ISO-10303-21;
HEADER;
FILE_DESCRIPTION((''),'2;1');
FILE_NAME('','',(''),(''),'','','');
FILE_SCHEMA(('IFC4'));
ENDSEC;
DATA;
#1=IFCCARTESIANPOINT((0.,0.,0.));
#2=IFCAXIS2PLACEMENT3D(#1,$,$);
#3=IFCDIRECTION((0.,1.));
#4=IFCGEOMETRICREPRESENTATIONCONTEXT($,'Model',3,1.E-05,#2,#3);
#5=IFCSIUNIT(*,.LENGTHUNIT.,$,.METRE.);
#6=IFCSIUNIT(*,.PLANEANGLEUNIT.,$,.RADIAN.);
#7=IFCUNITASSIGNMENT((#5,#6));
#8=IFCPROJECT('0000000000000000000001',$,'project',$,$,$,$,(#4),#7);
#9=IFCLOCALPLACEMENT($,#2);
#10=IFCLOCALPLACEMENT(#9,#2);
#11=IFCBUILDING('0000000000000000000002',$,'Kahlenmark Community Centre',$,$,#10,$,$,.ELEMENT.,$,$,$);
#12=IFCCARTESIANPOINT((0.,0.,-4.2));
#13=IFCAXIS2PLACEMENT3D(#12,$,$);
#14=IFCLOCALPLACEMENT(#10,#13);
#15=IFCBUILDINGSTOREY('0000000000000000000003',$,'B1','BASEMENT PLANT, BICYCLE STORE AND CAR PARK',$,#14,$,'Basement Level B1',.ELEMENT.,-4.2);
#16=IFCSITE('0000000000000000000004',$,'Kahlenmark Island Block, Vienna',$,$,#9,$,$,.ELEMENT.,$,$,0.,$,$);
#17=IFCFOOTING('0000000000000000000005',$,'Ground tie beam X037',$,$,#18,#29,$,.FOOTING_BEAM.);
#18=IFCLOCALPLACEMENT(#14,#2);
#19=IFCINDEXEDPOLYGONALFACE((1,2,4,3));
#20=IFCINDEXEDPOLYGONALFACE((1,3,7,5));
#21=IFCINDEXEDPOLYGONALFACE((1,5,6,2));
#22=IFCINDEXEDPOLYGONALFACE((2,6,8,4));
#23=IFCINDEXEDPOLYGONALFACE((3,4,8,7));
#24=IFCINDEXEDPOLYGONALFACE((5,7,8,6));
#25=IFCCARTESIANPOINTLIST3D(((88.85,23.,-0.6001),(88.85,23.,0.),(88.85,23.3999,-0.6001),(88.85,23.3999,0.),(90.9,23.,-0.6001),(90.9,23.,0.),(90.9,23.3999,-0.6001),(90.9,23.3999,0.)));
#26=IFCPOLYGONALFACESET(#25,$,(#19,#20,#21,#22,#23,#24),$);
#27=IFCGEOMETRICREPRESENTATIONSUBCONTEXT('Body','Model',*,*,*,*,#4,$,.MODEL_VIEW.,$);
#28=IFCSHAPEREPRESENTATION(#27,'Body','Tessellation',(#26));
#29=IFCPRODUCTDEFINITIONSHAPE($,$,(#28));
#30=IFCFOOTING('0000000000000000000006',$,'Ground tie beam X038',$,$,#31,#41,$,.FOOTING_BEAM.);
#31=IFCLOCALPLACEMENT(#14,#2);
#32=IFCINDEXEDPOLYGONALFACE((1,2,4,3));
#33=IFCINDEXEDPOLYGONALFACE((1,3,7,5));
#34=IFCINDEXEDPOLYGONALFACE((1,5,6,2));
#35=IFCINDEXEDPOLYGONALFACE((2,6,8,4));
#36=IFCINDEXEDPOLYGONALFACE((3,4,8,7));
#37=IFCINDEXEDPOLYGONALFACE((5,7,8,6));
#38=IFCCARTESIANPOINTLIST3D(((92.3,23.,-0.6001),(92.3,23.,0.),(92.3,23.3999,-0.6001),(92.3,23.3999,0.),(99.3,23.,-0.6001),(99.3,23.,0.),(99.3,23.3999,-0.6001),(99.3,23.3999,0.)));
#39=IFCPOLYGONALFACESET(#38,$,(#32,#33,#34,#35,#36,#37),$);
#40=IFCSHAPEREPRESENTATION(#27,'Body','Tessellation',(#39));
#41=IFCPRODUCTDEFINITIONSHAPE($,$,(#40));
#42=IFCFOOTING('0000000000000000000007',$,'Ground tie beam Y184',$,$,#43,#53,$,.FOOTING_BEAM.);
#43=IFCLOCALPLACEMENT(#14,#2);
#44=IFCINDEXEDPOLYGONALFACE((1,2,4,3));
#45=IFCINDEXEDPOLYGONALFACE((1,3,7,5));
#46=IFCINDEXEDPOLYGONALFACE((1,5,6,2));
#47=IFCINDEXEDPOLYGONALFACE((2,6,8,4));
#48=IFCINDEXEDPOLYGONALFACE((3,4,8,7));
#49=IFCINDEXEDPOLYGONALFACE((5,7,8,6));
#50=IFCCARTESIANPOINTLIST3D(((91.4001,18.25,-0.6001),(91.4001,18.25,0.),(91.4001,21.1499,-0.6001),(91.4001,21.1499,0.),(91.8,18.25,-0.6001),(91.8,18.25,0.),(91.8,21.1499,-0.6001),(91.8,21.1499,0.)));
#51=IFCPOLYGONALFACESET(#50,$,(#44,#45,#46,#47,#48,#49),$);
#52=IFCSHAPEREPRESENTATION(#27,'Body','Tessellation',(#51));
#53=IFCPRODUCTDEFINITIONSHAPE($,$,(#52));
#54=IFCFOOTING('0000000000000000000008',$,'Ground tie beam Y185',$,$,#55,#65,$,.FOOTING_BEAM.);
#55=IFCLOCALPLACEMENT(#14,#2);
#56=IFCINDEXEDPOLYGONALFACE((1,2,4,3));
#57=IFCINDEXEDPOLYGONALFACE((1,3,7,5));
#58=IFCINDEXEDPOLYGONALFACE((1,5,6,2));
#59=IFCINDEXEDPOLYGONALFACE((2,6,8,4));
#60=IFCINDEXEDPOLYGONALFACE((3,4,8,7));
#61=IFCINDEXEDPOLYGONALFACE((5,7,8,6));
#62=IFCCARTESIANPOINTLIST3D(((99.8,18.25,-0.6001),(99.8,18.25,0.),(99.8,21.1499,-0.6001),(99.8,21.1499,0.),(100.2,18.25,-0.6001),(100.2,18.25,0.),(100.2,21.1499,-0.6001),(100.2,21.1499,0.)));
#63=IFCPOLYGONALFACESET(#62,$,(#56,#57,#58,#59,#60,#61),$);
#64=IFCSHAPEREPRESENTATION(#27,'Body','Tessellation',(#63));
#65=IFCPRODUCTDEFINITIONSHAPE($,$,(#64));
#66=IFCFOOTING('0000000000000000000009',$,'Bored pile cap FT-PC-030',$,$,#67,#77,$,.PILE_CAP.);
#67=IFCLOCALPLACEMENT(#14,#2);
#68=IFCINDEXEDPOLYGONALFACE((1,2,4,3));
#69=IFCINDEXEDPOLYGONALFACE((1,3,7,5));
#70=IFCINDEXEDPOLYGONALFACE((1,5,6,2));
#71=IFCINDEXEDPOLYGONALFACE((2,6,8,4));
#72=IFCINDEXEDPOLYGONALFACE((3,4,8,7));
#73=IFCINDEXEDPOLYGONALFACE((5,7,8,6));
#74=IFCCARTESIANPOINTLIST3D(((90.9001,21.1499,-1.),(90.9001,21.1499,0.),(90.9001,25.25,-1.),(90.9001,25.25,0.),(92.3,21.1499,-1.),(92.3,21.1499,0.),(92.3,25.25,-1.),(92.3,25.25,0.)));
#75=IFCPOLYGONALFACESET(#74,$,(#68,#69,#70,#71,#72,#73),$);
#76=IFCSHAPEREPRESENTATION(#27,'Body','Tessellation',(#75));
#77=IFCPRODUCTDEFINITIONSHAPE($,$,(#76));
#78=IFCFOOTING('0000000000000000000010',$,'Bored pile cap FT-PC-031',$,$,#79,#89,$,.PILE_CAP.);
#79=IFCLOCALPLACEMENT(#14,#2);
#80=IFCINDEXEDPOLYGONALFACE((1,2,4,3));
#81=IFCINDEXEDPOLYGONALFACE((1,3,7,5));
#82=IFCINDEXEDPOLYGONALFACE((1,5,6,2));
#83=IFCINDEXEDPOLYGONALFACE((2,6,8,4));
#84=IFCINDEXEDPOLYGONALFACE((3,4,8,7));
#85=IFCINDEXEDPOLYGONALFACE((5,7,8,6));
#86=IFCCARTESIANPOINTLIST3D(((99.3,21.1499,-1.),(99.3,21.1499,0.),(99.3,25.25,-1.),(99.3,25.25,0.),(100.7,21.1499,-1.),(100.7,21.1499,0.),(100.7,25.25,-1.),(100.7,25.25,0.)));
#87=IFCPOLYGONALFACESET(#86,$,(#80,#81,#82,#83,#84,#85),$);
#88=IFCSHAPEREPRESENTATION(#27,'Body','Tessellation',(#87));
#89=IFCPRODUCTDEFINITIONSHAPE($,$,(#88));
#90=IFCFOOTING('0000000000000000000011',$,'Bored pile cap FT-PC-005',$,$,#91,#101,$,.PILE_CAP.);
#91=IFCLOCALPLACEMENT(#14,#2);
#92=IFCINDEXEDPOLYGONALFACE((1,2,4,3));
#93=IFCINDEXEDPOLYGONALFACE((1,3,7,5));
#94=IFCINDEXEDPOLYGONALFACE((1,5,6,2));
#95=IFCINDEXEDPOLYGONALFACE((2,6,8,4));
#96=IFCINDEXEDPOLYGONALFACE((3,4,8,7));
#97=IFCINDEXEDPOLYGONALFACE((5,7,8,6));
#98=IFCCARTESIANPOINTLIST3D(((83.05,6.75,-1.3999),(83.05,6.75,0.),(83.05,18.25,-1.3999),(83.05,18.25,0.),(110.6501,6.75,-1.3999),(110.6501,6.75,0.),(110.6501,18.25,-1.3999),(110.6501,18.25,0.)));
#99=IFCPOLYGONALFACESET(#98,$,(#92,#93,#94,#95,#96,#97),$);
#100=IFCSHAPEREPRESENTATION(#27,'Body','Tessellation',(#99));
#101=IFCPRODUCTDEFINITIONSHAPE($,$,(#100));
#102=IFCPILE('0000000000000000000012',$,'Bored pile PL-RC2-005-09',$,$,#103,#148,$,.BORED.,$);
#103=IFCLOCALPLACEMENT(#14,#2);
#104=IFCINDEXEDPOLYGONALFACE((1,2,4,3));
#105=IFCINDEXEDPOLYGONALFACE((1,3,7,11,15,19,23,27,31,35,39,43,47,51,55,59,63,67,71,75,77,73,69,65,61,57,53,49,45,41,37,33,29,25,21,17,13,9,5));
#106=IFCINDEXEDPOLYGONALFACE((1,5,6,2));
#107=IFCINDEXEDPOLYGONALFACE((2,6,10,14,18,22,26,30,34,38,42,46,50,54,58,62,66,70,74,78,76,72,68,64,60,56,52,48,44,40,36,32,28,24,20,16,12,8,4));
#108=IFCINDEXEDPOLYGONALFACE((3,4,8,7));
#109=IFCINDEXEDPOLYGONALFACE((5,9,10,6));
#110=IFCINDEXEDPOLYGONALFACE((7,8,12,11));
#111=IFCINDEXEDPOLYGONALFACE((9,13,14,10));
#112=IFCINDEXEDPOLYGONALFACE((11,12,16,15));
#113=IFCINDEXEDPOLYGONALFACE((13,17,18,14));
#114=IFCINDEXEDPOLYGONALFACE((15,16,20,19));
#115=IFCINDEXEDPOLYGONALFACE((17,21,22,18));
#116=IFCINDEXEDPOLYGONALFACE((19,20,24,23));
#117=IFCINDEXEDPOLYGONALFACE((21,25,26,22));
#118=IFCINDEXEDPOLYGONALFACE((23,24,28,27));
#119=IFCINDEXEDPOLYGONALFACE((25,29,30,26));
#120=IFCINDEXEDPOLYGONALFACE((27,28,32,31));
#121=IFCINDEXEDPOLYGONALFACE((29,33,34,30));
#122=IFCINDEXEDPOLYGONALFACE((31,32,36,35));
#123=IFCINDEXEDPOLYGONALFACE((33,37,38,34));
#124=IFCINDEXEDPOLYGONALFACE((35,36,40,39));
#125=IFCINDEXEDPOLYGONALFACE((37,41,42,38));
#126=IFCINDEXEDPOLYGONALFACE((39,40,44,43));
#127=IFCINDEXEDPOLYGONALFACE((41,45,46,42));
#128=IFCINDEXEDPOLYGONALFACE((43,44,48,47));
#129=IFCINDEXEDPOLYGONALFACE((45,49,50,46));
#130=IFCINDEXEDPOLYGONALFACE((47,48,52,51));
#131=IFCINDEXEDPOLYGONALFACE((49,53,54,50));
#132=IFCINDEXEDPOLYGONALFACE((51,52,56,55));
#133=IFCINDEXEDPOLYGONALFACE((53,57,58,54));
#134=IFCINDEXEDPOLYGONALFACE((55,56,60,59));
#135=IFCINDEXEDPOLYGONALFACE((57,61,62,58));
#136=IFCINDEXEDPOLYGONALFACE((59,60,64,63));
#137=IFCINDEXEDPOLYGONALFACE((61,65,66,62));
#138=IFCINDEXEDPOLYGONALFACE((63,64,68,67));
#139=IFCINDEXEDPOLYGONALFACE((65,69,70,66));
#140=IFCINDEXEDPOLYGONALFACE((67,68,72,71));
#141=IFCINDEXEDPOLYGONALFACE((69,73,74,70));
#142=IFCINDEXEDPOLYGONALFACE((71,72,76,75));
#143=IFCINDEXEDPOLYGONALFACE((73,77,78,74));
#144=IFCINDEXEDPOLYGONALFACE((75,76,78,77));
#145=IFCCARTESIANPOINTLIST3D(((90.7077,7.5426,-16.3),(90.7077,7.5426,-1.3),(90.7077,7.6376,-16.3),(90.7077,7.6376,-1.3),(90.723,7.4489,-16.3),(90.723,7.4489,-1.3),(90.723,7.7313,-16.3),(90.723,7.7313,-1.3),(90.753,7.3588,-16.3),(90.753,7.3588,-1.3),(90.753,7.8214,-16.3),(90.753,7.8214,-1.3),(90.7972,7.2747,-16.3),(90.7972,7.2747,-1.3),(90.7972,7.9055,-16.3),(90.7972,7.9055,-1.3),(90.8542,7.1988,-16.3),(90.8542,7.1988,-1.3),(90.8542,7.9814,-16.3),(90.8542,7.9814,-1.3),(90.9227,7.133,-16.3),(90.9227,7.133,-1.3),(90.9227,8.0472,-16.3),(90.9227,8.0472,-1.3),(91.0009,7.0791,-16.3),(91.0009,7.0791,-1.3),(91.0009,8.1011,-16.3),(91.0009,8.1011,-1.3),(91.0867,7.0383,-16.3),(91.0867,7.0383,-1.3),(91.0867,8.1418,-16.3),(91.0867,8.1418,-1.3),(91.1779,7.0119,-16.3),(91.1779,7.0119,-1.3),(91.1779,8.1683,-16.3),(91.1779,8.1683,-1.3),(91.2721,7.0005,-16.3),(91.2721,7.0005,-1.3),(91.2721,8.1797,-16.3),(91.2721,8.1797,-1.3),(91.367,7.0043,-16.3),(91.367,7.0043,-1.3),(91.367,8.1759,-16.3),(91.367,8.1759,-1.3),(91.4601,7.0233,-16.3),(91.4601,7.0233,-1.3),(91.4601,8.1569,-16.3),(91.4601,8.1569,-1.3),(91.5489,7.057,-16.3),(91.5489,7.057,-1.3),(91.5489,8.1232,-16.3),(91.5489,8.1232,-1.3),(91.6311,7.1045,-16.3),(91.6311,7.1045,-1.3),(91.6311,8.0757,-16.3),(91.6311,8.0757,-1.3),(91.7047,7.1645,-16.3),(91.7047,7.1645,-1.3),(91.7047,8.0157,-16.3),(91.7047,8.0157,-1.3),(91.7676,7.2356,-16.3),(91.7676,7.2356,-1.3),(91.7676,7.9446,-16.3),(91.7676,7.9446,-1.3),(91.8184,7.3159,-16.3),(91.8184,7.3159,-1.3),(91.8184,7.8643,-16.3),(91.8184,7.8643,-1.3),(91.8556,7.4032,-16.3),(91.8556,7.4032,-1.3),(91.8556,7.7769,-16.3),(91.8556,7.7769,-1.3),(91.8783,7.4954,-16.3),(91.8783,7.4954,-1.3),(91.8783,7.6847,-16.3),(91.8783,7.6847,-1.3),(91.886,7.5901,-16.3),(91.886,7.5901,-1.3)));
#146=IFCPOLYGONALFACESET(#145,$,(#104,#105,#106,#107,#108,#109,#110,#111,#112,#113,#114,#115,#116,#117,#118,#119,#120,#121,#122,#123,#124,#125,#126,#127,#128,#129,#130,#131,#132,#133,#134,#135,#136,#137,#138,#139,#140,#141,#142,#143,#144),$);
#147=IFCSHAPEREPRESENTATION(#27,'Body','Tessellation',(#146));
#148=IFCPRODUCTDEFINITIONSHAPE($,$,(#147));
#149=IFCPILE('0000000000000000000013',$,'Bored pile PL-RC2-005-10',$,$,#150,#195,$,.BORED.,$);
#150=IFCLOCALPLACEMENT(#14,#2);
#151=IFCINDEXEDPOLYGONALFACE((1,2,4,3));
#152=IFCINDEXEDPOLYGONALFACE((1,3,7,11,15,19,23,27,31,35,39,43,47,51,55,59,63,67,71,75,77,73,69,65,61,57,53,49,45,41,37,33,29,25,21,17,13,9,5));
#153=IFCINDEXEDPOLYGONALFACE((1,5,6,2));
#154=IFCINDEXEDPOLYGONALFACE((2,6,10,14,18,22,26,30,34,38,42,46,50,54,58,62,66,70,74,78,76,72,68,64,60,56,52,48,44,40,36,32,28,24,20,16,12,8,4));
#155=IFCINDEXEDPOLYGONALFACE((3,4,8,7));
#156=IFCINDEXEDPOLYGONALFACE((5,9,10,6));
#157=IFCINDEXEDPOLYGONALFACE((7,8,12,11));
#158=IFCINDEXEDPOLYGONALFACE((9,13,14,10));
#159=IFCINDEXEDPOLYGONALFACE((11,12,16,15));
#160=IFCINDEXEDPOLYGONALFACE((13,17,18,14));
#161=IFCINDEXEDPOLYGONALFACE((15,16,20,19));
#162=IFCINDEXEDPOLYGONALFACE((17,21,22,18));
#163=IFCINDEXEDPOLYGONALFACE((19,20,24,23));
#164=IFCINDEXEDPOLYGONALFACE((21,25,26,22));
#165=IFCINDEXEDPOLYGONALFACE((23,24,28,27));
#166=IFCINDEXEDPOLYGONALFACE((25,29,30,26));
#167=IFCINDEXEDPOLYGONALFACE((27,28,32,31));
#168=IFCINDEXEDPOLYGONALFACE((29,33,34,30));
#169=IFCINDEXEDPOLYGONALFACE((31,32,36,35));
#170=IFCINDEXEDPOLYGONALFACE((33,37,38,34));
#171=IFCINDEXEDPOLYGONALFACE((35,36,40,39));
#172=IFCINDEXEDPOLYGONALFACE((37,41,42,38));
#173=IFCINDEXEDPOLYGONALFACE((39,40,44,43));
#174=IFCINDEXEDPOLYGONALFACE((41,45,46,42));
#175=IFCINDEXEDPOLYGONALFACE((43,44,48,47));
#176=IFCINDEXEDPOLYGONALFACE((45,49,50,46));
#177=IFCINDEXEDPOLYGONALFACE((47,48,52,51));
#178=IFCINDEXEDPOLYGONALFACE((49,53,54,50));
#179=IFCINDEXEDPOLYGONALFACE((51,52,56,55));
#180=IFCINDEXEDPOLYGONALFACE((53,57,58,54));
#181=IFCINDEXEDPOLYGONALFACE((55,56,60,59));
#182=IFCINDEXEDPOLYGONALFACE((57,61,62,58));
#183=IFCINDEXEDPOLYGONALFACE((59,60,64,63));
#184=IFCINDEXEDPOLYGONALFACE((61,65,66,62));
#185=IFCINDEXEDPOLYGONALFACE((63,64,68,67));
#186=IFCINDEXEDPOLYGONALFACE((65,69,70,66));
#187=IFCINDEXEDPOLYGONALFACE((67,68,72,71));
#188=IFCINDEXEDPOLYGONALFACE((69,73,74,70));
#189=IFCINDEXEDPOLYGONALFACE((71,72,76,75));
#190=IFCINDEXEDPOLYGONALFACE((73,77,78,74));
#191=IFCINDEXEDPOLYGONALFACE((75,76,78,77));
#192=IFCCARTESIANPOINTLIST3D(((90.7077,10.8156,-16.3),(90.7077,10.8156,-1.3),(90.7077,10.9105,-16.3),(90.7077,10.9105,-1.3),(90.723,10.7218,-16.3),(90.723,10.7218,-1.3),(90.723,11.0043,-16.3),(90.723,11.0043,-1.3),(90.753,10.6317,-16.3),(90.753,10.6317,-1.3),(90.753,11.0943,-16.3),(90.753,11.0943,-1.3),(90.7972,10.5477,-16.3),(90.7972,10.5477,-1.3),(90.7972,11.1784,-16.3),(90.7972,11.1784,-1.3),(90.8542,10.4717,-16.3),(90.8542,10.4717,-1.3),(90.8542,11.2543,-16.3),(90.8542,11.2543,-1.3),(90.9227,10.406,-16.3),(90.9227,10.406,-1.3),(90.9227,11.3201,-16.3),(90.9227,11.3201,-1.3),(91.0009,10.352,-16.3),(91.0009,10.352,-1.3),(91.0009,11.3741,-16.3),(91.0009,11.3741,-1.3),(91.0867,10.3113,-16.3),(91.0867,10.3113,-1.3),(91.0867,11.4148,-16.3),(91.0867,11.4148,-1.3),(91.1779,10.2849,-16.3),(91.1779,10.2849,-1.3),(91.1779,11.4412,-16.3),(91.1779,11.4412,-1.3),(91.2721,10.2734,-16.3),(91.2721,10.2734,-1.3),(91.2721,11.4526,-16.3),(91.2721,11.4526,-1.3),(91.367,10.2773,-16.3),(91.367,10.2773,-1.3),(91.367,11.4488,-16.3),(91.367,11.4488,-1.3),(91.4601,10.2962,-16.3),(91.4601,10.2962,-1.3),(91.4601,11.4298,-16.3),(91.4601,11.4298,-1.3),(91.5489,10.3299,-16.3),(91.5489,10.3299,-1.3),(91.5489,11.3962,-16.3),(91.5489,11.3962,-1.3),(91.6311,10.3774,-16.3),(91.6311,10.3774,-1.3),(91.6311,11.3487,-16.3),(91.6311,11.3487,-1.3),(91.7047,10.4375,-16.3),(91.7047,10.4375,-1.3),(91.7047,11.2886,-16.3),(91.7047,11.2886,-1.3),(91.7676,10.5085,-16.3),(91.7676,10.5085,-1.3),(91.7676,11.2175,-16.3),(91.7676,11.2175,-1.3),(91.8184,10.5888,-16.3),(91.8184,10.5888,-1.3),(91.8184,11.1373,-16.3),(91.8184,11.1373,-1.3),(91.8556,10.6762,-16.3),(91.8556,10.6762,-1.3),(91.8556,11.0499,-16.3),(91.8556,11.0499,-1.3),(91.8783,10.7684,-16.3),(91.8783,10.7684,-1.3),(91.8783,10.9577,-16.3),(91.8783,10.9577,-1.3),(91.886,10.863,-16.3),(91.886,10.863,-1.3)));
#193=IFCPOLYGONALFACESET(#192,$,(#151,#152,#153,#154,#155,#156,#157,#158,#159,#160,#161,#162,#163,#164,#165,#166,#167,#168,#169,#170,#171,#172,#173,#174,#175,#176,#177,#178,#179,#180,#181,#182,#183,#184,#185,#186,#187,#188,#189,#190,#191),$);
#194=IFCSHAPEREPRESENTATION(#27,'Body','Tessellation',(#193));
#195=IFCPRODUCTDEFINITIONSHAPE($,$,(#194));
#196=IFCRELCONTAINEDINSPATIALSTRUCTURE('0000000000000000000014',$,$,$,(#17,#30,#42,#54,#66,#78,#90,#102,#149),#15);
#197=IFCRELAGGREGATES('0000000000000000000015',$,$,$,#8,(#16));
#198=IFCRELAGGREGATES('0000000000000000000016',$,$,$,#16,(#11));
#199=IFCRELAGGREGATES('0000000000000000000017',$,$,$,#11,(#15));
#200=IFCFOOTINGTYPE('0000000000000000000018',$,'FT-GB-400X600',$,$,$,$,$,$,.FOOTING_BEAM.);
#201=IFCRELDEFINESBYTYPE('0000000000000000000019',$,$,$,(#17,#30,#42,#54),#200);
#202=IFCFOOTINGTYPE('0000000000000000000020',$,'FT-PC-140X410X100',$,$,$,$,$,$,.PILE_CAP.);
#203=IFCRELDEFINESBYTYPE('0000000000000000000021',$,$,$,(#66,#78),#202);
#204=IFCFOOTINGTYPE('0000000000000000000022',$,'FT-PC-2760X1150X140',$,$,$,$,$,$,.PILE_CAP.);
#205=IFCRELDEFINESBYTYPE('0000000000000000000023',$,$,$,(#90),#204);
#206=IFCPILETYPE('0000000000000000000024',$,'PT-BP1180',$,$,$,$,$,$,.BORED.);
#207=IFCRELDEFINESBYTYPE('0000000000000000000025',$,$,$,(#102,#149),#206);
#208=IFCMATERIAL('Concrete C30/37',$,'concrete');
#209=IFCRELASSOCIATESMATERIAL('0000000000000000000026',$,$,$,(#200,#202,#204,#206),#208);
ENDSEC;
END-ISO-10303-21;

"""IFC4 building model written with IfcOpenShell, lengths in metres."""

from ifc_helpers import new_model, si_unit, direction, frame, origin, origin_2d, place, context, subcontext, project, spatial, rectangle, circle, extrude, material, material_profile, profile_set, type_object, element, save


model = new_model("IFC4")

# Units and contexts
model_context = context("Model", 3, precision=1e-05, world=origin(), true_north=direction((0.0, 1.0)))
body_context = subcontext(model_context, "Body", "Model", "MODEL_VIEW")
ifc_project = project(units=[si_unit("LENGTHUNIT", "METRE"), si_unit("PLANEANGLEUNIT", "RADIAN")], contexts=[model_context])

# Site, building, storey
site_placement = place(None, origin())
site = spatial("IfcSite", under=ifc_project, at=site_placement, Name="Kahlenmark Island Block, Vienna", CompositionType="ELEMENT", RefElevation=0.0)
building_placement = place(site_placement, origin())
building = spatial("IfcBuilding", under=site, at=building_placement, Name="Kahlenmark Community Centre", CompositionType="ELEMENT")
storey_placement = place(building_placement, frame((0.0, 0.0, -4.2)))
storey = spatial("IfcBuildingStorey", under=building, at=storey_placement, Name="B1", Description="BASEMENT PLANT, BICYCLE STORE AND CAR PARK", LongName="Basement Level B1", CompositionType="ELEMENT", Elevation=-4.2)

# Footings
ifc_material_1 = material(Name="Concrete C30/37", Category="concrete")
footing_type_1 = type_object("IfcFootingType", Name="FT-GB-400X600", PredefinedType="FOOTING_BEAM", material=ifc_material_1)
footing_1_placement = place(storey_placement, frame((89.875, 23.2, -0.6001), z_axis=(0.0, 0.0, 1.0), x_axis=(1.0, 0.0, 0.0)))
element("IfcFooting", 1, at=footing_1_placement, inside=storey, type_object=footing_type_1, Name="Ground tie beam X037", PredefinedType="FOOTING_BEAM", context=body_context, shape_type="SweptSolid", body=[
    extrude(rectangle(XDim=2.05, YDim=0.3999, at=origin_2d()), origin(), (0.0, 0.0, 1.0), 0.6001),
])
footing_2_placement = place(storey_placement, frame((95.8, 23.2, -0.6001), z_axis=(0.0, 0.0, 1.0), x_axis=(1.0, 0.0, 0.0)))
element("IfcFooting", 2, at=footing_2_placement, inside=storey, type_object=footing_type_1, Name="Ground tie beam X038", PredefinedType="FOOTING_BEAM", context=body_context, shape_type="SweptSolid", body=[
    extrude(rectangle(XDim=7.0, YDim=0.3999, at=origin_2d()), origin(), (0.0, 0.0, 1.0), 0.6001),
])
for number, where, z_axis, x_axis, name in (
    (3, (91.6001, 19.7, -0.6001), (0.0, 0.0, 1.0), (1.0, 0.0, 0.0), "Ground tie beam Y184"),
    (4, (100.0, 19.7, -0.6001), (0.0, 0.0, 1.0), (1.0, 0.0, 0.0), "Ground tie beam Y185"),
):
    element("IfcFooting", number, at=place(storey_placement, frame(where, z_axis=z_axis, x_axis=x_axis)), inside=storey, type_object=footing_type_1, Name=name, PredefinedType="FOOTING_BEAM", context=body_context, shape_type="SweptSolid", body=[
        extrude(rectangle(XDim=0.3999, YDim=2.8999, at=origin_2d()), origin(), (0.0, 0.0, 1.0), 0.6001),
    ])
footing_type_2 = type_object("IfcFootingType", Name="FT-PC-140X410X100", PredefinedType="PILE_CAP", material=ifc_material_1)
for number, where, z_axis, x_axis, name in (
    (5, (91.6001, 23.2, -1.0), (0.0, 0.0, 1.0), (1.0, 0.0, 0.0), "Bored pile cap FT-PC-030"),
    (6, (100.0, 23.2, -1.0), (0.0, 0.0, 1.0), (1.0, 0.0, 0.0), "Bored pile cap FT-PC-031"),
):
    element("IfcFooting", number, at=place(storey_placement, frame(where, z_axis=z_axis, x_axis=x_axis)), inside=storey, type_object=footing_type_2, Name=name, PredefinedType="PILE_CAP", context=body_context, shape_type="SweptSolid", body=[
        extrude(rectangle(XDim=1.3999, YDim=4.1001, at=origin_2d()), origin(), (0.0, 0.0, 1.0), 1.0),
    ])
footing_type_3 = type_object("IfcFootingType", Name="FT-PC-2760X1150X140", PredefinedType="PILE_CAP", material=ifc_material_1)
footing_3_placement = place(storey_placement, frame((96.8501, 12.5, -1.3999), z_axis=(0.0, 0.0, 1.0), x_axis=(1.0, 0.0, 0.0)))
element("IfcFooting", 7, at=footing_3_placement, inside=storey, type_object=footing_type_3, Name="Bored pile cap FT-PC-005", PredefinedType="PILE_CAP", context=body_context, shape_type="SweptSolid", body=[
    extrude(rectangle(XDim=27.6001, YDim=11.5, at=origin_2d()), origin(), (0.0, 0.0, 1.0), 1.3999),
])

# Piles
ifc_material_profile_1 = material_profile(ifc_material_1, circle(Radius=0.5901, at=origin_2d()), Name="BORED PILE 1180")
ifc_profile_set_1 = profile_set([ifc_material_profile_1], Name="Concrete C30/37")
pile_type_1 = type_object("IfcPileType", Name="PT-BP1180", PredefinedType="BORED", material=ifc_profile_set_1)
for number, where, z_axis, x_axis, name in (
    (8, (91.2959, 7.5901, -1.3), (0.0, 0.0, -1.0), (1.0, 0.0, 0.0), "Bored pile PL-RC2-005-09"),
    (9, (91.2959, 10.863, -1.3), (0.0, 0.0, -1.0), (1.0, 0.0, 0.0), "Bored pile PL-RC2-005-10"),
):
    element("IfcPile", number, at=place(storey_placement, frame(where, z_axis=z_axis, x_axis=x_axis)), inside=storey, type_object=pile_type_1, Name=name, PredefinedType="BORED", context=body_context, shape_type="SweptSolid", body=[
        extrude(circle(Radius=0.5901, at=origin_2d()), origin(), (0.0, 0.0, 1.0), 15.0),
    ])

save(model, "model.ifc")
